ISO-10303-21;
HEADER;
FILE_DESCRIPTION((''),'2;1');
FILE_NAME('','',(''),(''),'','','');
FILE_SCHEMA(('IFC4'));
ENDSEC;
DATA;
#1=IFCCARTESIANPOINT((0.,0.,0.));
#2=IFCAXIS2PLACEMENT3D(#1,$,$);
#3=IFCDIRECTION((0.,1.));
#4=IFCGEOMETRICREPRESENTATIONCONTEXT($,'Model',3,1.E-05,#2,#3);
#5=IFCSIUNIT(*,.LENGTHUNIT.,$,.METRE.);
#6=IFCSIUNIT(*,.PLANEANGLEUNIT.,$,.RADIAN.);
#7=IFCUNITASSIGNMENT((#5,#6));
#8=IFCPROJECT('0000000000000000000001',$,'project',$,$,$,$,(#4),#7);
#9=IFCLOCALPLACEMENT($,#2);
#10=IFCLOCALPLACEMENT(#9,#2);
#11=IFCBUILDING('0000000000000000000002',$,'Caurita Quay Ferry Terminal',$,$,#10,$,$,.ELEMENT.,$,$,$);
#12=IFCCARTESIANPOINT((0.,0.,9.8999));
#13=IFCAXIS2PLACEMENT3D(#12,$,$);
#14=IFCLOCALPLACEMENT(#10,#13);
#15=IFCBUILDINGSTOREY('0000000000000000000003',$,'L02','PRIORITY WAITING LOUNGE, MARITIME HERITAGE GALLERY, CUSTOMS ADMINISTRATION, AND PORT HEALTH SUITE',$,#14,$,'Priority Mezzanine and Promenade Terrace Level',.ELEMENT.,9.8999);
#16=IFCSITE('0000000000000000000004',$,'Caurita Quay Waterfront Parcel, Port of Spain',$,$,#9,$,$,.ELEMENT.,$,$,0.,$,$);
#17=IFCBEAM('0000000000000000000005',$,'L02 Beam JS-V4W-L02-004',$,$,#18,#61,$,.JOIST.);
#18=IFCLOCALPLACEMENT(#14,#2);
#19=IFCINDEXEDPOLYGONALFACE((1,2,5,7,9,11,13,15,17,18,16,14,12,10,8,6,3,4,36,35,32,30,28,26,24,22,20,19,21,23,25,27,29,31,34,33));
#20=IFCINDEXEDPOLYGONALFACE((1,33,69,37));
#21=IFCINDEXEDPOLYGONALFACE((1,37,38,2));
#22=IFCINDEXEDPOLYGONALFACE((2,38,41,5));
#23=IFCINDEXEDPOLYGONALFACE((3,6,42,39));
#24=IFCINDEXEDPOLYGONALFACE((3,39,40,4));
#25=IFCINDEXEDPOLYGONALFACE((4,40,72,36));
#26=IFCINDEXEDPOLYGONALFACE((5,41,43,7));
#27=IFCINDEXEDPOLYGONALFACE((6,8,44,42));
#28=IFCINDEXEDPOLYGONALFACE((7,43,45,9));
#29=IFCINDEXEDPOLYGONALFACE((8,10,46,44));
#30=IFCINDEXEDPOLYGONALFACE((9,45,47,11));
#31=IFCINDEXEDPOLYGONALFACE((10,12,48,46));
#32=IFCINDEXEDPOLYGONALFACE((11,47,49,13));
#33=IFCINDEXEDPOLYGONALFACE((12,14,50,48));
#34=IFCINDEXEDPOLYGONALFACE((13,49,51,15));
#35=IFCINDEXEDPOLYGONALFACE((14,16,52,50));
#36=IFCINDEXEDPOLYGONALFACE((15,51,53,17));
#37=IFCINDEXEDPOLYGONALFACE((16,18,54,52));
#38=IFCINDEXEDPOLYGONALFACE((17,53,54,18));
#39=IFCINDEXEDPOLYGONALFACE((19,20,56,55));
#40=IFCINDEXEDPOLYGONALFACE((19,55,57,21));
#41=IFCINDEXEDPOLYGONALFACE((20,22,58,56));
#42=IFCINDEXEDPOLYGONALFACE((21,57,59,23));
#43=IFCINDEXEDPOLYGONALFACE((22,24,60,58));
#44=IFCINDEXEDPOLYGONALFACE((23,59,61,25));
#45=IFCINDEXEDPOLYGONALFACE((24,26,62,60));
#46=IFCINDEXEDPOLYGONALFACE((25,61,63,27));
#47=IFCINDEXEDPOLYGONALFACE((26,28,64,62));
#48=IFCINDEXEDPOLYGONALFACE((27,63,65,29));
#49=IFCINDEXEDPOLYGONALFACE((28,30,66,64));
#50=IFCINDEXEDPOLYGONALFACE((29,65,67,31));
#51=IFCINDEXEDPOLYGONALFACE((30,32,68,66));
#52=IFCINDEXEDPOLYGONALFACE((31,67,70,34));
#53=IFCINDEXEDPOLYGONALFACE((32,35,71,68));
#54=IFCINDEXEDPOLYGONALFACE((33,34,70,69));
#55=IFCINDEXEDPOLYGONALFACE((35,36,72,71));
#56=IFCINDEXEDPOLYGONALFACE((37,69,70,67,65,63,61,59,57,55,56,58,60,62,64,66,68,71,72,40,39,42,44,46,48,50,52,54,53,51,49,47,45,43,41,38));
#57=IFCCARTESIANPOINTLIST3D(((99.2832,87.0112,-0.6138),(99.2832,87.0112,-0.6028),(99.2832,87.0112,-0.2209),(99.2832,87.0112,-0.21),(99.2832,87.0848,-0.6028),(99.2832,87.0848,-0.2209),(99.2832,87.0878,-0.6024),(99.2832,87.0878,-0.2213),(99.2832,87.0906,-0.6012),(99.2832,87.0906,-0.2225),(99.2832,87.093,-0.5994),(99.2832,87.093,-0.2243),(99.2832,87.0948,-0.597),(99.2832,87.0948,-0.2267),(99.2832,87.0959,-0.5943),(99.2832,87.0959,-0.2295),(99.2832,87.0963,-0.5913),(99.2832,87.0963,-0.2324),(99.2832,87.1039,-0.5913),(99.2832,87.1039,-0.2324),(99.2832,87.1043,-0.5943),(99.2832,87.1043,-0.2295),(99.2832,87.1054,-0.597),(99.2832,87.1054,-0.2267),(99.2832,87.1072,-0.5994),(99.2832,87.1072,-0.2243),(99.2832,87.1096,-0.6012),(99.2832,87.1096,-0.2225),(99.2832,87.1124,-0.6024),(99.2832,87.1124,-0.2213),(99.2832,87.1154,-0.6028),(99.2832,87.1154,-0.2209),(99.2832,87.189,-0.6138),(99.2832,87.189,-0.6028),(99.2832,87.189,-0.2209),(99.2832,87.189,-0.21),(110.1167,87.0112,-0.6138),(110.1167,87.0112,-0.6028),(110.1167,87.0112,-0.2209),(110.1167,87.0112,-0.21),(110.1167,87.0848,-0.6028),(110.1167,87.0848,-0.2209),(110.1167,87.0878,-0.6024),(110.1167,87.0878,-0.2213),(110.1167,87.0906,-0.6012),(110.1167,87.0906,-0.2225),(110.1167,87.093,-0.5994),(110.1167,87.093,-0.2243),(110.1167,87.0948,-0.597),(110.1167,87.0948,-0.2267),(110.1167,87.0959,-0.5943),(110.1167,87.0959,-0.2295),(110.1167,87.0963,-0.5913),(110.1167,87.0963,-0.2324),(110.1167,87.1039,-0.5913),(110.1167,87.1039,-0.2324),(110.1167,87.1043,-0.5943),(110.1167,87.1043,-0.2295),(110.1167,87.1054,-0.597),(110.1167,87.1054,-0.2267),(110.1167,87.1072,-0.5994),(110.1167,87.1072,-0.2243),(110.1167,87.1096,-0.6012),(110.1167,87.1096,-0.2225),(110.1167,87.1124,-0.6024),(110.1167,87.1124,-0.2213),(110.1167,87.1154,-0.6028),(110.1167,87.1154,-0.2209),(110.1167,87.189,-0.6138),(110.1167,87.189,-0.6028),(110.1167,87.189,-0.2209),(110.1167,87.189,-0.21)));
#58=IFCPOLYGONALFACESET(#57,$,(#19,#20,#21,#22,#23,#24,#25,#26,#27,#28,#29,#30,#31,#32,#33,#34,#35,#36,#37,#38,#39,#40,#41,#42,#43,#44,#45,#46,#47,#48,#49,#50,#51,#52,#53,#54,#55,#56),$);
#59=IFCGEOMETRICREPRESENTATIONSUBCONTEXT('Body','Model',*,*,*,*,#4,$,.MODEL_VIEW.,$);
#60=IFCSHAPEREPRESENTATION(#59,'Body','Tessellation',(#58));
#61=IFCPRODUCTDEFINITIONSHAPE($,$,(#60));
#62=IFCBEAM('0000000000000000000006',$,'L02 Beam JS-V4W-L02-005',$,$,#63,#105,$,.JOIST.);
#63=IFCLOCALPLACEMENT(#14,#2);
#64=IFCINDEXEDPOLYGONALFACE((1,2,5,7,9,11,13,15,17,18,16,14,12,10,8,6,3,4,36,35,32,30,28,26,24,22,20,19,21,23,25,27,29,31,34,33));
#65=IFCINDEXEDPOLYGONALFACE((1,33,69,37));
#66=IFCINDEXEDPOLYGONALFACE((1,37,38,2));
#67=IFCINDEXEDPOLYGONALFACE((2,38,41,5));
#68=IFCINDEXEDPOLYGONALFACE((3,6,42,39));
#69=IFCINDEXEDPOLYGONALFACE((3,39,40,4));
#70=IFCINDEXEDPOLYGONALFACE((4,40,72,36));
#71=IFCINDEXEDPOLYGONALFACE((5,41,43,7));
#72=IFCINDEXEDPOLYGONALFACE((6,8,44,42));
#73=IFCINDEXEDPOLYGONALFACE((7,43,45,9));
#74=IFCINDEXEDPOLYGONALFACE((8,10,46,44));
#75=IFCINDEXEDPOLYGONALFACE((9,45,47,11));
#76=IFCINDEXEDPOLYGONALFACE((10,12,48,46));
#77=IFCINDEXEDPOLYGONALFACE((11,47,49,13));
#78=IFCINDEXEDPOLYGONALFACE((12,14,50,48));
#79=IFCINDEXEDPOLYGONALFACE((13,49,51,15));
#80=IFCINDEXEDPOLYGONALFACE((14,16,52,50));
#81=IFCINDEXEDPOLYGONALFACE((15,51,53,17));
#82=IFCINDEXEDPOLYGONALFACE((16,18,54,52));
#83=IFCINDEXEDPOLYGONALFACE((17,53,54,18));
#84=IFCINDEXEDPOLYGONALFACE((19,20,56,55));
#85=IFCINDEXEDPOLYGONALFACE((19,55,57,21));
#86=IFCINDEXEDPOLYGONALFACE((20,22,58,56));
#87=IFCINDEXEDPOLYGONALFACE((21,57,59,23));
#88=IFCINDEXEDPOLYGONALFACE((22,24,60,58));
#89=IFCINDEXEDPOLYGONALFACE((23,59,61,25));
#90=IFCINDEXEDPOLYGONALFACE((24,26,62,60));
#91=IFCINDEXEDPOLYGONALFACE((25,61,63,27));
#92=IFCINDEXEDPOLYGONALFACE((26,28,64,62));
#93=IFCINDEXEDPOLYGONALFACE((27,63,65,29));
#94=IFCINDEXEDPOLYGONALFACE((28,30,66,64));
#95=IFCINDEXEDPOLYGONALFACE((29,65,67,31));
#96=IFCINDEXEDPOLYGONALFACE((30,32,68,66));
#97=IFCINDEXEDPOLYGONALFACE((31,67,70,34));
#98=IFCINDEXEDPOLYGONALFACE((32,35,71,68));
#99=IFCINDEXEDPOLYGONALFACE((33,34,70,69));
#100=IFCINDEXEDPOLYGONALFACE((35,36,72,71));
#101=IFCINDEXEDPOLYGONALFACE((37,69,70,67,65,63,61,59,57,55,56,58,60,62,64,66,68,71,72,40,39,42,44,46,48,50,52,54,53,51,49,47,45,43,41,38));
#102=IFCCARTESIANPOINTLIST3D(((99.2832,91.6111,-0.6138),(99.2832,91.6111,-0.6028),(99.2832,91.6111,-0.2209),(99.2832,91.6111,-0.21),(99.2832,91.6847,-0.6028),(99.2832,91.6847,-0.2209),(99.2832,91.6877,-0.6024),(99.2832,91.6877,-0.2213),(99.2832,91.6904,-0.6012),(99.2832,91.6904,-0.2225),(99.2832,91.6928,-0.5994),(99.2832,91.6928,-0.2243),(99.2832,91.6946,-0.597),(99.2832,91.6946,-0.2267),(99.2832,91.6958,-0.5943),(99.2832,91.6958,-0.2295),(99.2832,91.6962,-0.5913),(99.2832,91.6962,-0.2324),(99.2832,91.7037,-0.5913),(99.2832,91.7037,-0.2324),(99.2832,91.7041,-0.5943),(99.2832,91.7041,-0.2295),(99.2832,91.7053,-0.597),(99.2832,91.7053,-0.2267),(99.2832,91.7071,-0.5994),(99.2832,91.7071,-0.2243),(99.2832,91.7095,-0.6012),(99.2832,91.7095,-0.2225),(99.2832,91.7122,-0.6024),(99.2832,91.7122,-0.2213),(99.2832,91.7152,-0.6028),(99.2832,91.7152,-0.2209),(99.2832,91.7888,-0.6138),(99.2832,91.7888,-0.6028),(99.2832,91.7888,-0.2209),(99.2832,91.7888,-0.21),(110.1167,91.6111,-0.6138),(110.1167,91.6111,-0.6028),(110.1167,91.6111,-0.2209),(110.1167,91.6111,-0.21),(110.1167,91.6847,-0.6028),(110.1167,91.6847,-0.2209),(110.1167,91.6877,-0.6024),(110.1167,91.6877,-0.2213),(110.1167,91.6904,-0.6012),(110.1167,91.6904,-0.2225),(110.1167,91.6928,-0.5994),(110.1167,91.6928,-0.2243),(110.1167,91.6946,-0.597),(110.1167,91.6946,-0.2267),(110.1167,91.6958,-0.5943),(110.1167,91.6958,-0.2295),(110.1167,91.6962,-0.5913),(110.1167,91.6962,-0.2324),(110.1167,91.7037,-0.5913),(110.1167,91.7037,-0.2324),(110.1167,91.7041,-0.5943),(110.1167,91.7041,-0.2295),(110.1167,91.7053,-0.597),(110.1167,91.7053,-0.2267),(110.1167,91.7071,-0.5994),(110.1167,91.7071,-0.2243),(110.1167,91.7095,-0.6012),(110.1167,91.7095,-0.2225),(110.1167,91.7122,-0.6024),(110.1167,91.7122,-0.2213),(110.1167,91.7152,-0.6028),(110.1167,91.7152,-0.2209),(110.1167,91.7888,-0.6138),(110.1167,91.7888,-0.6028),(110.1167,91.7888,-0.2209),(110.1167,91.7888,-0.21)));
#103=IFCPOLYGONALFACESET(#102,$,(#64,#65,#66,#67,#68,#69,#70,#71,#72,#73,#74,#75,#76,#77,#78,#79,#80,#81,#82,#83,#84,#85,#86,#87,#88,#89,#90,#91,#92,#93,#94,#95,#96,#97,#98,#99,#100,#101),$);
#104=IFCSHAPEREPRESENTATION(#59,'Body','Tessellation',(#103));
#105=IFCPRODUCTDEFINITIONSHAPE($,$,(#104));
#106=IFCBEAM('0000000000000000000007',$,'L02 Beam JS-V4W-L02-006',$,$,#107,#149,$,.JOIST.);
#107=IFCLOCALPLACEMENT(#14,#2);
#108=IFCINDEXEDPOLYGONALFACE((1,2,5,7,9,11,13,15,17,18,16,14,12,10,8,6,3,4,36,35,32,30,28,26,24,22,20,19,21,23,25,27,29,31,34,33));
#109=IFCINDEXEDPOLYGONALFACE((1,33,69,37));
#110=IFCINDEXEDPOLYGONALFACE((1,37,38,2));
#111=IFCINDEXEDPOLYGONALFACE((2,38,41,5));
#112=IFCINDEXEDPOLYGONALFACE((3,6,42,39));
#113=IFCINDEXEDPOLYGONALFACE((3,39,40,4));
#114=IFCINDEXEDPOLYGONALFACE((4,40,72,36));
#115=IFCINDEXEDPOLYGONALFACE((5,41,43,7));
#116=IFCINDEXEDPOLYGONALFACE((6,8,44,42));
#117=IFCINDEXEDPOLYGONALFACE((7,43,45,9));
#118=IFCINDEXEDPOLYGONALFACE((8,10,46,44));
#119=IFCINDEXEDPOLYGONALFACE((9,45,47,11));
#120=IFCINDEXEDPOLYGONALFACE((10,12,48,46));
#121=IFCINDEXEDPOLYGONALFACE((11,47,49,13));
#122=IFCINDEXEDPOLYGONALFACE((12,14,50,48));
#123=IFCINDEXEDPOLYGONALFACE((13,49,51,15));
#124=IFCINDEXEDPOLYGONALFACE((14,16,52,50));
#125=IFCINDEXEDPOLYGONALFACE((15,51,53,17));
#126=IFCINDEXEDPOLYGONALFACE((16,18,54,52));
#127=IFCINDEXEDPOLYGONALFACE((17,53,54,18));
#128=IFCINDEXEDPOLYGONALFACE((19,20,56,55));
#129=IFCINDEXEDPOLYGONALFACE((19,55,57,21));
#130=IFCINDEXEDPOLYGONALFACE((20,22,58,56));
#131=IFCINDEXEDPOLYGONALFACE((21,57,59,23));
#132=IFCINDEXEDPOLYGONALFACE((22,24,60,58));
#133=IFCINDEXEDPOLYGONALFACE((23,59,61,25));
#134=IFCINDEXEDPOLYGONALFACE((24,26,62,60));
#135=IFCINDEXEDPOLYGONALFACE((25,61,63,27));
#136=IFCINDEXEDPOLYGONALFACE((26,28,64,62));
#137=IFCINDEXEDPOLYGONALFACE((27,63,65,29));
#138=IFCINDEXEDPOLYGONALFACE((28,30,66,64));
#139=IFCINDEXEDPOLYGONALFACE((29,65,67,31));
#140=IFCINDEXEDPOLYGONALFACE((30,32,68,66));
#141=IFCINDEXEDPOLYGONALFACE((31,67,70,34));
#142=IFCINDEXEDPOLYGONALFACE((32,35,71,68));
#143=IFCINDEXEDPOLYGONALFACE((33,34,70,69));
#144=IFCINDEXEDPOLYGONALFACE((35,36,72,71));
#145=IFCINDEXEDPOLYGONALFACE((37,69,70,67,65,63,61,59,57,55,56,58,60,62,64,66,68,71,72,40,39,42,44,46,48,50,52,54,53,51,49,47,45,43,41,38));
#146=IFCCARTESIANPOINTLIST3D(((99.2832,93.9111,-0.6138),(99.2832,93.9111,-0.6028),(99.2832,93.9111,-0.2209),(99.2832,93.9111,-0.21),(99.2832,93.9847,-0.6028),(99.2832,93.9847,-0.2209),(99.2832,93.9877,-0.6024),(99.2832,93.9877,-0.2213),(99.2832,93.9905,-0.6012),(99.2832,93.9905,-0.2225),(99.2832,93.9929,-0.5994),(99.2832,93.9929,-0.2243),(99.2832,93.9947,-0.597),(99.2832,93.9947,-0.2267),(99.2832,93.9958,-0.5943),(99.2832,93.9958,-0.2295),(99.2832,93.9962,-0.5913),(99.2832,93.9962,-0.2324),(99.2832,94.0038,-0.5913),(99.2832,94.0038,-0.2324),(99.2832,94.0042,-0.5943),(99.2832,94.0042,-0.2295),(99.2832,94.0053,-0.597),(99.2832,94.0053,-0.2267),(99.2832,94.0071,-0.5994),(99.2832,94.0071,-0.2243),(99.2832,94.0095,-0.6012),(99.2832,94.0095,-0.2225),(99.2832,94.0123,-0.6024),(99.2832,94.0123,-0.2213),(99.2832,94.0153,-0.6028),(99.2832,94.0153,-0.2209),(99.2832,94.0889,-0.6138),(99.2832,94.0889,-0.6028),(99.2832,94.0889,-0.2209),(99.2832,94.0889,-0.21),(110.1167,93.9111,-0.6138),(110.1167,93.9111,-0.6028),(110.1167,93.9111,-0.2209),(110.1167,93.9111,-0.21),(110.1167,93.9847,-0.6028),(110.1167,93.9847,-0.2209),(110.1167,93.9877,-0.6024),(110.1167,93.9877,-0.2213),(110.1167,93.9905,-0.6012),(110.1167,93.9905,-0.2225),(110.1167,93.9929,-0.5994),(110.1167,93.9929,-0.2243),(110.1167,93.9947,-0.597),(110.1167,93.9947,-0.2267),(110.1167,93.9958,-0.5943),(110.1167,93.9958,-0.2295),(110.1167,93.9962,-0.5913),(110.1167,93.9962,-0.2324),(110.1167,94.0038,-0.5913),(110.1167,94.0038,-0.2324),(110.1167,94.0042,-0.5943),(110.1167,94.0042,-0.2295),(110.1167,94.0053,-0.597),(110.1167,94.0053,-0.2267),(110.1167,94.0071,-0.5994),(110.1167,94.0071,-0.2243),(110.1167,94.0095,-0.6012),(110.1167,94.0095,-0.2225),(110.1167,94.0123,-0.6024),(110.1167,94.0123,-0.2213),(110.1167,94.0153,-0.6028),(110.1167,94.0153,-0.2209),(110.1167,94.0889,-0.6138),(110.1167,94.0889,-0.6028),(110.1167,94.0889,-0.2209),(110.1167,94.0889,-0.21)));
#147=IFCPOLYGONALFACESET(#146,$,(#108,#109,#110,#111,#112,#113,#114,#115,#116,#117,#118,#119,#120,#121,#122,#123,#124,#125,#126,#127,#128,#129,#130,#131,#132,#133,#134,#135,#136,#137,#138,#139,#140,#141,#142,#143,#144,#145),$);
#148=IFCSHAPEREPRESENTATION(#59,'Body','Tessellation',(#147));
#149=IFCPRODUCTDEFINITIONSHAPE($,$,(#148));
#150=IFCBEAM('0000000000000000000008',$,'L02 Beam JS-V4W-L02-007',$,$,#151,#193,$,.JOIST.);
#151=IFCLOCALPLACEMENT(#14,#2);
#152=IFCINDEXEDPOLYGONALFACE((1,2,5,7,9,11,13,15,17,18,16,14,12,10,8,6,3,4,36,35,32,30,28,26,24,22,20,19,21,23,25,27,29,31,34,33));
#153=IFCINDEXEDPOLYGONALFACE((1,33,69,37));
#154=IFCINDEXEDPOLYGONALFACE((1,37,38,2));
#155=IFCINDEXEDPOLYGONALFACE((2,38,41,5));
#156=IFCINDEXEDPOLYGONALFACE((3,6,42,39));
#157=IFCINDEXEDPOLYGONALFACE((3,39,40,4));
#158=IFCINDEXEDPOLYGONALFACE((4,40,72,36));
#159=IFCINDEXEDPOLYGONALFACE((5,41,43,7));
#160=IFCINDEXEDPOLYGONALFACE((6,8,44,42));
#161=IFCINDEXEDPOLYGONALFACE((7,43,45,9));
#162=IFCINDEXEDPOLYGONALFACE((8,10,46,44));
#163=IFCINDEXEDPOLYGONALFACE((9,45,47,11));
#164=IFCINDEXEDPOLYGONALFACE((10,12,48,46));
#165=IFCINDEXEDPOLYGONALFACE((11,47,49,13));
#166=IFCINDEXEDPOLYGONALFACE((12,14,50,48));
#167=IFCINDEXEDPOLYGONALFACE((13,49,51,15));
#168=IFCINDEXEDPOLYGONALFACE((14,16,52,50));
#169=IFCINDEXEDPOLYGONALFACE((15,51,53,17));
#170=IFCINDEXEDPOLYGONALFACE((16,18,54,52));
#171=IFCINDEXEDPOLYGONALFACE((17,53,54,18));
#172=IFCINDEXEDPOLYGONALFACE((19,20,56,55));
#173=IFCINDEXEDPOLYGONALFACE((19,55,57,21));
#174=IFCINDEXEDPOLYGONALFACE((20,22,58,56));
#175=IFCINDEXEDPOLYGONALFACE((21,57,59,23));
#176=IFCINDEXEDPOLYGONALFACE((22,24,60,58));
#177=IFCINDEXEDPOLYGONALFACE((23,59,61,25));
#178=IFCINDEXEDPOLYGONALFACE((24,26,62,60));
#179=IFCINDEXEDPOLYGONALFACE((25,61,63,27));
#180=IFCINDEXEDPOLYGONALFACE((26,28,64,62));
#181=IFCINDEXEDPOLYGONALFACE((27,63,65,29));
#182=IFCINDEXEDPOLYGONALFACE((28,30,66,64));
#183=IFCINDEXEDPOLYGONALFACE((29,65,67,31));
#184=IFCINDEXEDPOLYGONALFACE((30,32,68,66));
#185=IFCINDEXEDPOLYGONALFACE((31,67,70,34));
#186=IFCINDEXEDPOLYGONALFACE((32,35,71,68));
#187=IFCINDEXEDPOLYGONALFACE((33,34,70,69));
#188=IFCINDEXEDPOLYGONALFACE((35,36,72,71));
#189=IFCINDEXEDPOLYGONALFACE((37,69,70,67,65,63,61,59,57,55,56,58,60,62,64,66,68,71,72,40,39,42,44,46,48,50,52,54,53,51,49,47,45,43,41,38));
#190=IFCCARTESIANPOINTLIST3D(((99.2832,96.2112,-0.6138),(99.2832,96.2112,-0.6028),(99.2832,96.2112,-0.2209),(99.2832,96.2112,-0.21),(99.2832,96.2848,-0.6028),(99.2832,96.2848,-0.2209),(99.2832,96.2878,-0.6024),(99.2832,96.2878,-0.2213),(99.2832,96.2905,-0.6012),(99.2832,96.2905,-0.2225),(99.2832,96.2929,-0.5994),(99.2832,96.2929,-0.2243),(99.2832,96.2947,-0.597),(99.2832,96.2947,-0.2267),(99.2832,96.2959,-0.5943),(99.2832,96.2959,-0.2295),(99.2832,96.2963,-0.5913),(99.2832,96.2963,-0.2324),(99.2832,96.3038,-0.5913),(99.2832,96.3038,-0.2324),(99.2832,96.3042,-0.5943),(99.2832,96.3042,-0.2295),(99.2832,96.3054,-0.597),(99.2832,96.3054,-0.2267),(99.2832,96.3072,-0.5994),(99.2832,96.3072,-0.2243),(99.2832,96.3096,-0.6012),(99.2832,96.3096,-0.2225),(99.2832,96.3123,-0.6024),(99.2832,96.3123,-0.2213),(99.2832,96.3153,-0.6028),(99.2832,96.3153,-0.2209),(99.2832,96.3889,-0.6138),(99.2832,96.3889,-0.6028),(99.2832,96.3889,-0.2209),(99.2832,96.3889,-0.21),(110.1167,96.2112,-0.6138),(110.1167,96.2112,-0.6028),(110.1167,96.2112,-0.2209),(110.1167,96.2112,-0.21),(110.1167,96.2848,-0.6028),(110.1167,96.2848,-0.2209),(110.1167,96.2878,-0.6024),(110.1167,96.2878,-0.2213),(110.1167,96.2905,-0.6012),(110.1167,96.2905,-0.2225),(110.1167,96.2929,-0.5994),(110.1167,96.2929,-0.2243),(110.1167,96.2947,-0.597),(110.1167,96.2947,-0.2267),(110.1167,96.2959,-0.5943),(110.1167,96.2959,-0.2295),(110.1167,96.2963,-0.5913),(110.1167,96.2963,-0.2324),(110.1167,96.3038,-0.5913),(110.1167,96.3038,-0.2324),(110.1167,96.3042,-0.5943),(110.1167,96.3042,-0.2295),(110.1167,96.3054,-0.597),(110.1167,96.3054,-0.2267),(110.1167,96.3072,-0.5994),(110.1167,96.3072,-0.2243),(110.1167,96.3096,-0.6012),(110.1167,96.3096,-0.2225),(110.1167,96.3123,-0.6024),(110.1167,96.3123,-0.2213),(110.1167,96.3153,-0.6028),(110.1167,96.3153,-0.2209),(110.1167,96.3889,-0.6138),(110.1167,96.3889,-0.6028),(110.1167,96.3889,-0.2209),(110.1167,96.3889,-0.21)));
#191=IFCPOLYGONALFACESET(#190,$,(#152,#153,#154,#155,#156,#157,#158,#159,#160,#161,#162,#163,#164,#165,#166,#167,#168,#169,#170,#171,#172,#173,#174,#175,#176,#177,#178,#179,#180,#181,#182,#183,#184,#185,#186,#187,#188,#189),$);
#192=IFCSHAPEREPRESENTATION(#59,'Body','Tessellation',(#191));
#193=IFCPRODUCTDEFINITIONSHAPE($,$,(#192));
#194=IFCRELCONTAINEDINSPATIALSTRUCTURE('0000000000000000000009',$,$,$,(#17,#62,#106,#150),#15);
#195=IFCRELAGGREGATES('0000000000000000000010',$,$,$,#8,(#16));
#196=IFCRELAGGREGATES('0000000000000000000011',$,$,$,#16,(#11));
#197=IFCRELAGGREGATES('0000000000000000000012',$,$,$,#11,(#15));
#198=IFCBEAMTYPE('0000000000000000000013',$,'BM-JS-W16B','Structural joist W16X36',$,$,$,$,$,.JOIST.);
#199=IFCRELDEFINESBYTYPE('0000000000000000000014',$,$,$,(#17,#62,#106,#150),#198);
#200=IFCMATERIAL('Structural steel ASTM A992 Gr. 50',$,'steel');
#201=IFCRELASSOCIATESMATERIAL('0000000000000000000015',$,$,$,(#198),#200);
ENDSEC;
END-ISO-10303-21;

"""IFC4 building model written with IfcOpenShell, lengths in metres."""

from ifc_helpers import new_model, si_unit, direction, frame, origin, origin_2d, place, context, subcontext, project, spatial, i_section, extrude, material, material_profile, profile_set, type_object, element, save


model = new_model("IFC4")

# Units and contexts
model_context = context("Model", 3, precision=1e-05, world=origin(), true_north=direction((0.0, 1.0)))
body_context = subcontext(model_context, "Body", "Model", "MODEL_VIEW")
ifc_project = project(units=[si_unit("LENGTHUNIT", "METRE"), si_unit("PLANEANGLEUNIT", "RADIAN")], contexts=[model_context])

# Site, building, storey
site_placement = place(None, origin())
site = spatial("IfcSite", under=ifc_project, at=site_placement, Name="Caurita Quay Waterfront Parcel, Port of Spain", CompositionType="ELEMENT", RefElevation=0.0)
building_placement = place(site_placement, origin())
building = spatial("IfcBuilding", under=site, at=building_placement, Name="Caurita Quay Ferry Terminal", CompositionType="ELEMENT")
storey_placement = place(building_placement, frame((0.0, 0.0, 9.8999)))
storey = spatial("IfcBuildingStorey", under=building, at=storey_placement, Name="L02", Description="PRIORITY WAITING LOUNGE, MARITIME HERITAGE GALLERY, CUSTOMS ADMINISTRATION, AND PORT HEALTH SUITE", LongName="Priority Mezzanine and Promenade Terrace Level", CompositionType="ELEMENT", Elevation=9.8999)

# Beams
ifc_material = material(Name="Structural steel ASTM A992 Gr. 50", Category="steel")
ifc_material_profile_1 = material_profile(ifc_material, i_section(OverallWidth=0.1777, OverallDepth=0.4038, WebThickness=0.0076, FlangeThickness=0.011, FilletRadius=0.0115, at=origin_2d()), Name="W16X36")
ifc_profile_set_1 = profile_set([ifc_material_profile_1], Name="Structural steel ASTM A992 Gr. 50")
beam_type_1 = type_object("IfcBeamType", Name="BM-JS-W16B", Description="Structural joist W16X36", PredefinedType="JOIST", material=ifc_profile_set_1)
for number, where, z_axis, x_axis, name in (
    (1, (99.2832, 87.1001, -0.4119), (1.0, 0.0, 0.0), (0.0, 1.0, 0.0), "L02 Beam JS-V4W-L02-004"),
    (2, (99.2832, 91.7, -0.4119), (1.0, 0.0, 0.0), (0.0, 1.0, 0.0), "L02 Beam JS-V4W-L02-005"),
    (3, (99.2832, 94.0, -0.4119), (1.0, 0.0, 0.0), (0.0, 1.0, 0.0), "L02 Beam JS-V4W-L02-006"),
    (4, (99.2832, 96.3, -0.4119), (1.0, 0.0, 0.0), (0.0, 1.0, 0.0), "L02 Beam JS-V4W-L02-007"),
):
    element("IfcBeam", number, at=place(storey_placement, frame(where, z_axis=z_axis, x_axis=x_axis)), inside=storey, type_object=beam_type_1, Name=name, PredefinedType="JOIST", context=body_context, shape_type="SweptSolid", body=[
        extrude(i_section(OverallWidth=0.1777, OverallDepth=0.4038, WebThickness=0.0076, FlangeThickness=0.011, FilletRadius=0.0115, at=origin_2d()), origin(), (0.0, 0.0, 1.0), 10.8335),
    ])

save(model, "model.ifc")
